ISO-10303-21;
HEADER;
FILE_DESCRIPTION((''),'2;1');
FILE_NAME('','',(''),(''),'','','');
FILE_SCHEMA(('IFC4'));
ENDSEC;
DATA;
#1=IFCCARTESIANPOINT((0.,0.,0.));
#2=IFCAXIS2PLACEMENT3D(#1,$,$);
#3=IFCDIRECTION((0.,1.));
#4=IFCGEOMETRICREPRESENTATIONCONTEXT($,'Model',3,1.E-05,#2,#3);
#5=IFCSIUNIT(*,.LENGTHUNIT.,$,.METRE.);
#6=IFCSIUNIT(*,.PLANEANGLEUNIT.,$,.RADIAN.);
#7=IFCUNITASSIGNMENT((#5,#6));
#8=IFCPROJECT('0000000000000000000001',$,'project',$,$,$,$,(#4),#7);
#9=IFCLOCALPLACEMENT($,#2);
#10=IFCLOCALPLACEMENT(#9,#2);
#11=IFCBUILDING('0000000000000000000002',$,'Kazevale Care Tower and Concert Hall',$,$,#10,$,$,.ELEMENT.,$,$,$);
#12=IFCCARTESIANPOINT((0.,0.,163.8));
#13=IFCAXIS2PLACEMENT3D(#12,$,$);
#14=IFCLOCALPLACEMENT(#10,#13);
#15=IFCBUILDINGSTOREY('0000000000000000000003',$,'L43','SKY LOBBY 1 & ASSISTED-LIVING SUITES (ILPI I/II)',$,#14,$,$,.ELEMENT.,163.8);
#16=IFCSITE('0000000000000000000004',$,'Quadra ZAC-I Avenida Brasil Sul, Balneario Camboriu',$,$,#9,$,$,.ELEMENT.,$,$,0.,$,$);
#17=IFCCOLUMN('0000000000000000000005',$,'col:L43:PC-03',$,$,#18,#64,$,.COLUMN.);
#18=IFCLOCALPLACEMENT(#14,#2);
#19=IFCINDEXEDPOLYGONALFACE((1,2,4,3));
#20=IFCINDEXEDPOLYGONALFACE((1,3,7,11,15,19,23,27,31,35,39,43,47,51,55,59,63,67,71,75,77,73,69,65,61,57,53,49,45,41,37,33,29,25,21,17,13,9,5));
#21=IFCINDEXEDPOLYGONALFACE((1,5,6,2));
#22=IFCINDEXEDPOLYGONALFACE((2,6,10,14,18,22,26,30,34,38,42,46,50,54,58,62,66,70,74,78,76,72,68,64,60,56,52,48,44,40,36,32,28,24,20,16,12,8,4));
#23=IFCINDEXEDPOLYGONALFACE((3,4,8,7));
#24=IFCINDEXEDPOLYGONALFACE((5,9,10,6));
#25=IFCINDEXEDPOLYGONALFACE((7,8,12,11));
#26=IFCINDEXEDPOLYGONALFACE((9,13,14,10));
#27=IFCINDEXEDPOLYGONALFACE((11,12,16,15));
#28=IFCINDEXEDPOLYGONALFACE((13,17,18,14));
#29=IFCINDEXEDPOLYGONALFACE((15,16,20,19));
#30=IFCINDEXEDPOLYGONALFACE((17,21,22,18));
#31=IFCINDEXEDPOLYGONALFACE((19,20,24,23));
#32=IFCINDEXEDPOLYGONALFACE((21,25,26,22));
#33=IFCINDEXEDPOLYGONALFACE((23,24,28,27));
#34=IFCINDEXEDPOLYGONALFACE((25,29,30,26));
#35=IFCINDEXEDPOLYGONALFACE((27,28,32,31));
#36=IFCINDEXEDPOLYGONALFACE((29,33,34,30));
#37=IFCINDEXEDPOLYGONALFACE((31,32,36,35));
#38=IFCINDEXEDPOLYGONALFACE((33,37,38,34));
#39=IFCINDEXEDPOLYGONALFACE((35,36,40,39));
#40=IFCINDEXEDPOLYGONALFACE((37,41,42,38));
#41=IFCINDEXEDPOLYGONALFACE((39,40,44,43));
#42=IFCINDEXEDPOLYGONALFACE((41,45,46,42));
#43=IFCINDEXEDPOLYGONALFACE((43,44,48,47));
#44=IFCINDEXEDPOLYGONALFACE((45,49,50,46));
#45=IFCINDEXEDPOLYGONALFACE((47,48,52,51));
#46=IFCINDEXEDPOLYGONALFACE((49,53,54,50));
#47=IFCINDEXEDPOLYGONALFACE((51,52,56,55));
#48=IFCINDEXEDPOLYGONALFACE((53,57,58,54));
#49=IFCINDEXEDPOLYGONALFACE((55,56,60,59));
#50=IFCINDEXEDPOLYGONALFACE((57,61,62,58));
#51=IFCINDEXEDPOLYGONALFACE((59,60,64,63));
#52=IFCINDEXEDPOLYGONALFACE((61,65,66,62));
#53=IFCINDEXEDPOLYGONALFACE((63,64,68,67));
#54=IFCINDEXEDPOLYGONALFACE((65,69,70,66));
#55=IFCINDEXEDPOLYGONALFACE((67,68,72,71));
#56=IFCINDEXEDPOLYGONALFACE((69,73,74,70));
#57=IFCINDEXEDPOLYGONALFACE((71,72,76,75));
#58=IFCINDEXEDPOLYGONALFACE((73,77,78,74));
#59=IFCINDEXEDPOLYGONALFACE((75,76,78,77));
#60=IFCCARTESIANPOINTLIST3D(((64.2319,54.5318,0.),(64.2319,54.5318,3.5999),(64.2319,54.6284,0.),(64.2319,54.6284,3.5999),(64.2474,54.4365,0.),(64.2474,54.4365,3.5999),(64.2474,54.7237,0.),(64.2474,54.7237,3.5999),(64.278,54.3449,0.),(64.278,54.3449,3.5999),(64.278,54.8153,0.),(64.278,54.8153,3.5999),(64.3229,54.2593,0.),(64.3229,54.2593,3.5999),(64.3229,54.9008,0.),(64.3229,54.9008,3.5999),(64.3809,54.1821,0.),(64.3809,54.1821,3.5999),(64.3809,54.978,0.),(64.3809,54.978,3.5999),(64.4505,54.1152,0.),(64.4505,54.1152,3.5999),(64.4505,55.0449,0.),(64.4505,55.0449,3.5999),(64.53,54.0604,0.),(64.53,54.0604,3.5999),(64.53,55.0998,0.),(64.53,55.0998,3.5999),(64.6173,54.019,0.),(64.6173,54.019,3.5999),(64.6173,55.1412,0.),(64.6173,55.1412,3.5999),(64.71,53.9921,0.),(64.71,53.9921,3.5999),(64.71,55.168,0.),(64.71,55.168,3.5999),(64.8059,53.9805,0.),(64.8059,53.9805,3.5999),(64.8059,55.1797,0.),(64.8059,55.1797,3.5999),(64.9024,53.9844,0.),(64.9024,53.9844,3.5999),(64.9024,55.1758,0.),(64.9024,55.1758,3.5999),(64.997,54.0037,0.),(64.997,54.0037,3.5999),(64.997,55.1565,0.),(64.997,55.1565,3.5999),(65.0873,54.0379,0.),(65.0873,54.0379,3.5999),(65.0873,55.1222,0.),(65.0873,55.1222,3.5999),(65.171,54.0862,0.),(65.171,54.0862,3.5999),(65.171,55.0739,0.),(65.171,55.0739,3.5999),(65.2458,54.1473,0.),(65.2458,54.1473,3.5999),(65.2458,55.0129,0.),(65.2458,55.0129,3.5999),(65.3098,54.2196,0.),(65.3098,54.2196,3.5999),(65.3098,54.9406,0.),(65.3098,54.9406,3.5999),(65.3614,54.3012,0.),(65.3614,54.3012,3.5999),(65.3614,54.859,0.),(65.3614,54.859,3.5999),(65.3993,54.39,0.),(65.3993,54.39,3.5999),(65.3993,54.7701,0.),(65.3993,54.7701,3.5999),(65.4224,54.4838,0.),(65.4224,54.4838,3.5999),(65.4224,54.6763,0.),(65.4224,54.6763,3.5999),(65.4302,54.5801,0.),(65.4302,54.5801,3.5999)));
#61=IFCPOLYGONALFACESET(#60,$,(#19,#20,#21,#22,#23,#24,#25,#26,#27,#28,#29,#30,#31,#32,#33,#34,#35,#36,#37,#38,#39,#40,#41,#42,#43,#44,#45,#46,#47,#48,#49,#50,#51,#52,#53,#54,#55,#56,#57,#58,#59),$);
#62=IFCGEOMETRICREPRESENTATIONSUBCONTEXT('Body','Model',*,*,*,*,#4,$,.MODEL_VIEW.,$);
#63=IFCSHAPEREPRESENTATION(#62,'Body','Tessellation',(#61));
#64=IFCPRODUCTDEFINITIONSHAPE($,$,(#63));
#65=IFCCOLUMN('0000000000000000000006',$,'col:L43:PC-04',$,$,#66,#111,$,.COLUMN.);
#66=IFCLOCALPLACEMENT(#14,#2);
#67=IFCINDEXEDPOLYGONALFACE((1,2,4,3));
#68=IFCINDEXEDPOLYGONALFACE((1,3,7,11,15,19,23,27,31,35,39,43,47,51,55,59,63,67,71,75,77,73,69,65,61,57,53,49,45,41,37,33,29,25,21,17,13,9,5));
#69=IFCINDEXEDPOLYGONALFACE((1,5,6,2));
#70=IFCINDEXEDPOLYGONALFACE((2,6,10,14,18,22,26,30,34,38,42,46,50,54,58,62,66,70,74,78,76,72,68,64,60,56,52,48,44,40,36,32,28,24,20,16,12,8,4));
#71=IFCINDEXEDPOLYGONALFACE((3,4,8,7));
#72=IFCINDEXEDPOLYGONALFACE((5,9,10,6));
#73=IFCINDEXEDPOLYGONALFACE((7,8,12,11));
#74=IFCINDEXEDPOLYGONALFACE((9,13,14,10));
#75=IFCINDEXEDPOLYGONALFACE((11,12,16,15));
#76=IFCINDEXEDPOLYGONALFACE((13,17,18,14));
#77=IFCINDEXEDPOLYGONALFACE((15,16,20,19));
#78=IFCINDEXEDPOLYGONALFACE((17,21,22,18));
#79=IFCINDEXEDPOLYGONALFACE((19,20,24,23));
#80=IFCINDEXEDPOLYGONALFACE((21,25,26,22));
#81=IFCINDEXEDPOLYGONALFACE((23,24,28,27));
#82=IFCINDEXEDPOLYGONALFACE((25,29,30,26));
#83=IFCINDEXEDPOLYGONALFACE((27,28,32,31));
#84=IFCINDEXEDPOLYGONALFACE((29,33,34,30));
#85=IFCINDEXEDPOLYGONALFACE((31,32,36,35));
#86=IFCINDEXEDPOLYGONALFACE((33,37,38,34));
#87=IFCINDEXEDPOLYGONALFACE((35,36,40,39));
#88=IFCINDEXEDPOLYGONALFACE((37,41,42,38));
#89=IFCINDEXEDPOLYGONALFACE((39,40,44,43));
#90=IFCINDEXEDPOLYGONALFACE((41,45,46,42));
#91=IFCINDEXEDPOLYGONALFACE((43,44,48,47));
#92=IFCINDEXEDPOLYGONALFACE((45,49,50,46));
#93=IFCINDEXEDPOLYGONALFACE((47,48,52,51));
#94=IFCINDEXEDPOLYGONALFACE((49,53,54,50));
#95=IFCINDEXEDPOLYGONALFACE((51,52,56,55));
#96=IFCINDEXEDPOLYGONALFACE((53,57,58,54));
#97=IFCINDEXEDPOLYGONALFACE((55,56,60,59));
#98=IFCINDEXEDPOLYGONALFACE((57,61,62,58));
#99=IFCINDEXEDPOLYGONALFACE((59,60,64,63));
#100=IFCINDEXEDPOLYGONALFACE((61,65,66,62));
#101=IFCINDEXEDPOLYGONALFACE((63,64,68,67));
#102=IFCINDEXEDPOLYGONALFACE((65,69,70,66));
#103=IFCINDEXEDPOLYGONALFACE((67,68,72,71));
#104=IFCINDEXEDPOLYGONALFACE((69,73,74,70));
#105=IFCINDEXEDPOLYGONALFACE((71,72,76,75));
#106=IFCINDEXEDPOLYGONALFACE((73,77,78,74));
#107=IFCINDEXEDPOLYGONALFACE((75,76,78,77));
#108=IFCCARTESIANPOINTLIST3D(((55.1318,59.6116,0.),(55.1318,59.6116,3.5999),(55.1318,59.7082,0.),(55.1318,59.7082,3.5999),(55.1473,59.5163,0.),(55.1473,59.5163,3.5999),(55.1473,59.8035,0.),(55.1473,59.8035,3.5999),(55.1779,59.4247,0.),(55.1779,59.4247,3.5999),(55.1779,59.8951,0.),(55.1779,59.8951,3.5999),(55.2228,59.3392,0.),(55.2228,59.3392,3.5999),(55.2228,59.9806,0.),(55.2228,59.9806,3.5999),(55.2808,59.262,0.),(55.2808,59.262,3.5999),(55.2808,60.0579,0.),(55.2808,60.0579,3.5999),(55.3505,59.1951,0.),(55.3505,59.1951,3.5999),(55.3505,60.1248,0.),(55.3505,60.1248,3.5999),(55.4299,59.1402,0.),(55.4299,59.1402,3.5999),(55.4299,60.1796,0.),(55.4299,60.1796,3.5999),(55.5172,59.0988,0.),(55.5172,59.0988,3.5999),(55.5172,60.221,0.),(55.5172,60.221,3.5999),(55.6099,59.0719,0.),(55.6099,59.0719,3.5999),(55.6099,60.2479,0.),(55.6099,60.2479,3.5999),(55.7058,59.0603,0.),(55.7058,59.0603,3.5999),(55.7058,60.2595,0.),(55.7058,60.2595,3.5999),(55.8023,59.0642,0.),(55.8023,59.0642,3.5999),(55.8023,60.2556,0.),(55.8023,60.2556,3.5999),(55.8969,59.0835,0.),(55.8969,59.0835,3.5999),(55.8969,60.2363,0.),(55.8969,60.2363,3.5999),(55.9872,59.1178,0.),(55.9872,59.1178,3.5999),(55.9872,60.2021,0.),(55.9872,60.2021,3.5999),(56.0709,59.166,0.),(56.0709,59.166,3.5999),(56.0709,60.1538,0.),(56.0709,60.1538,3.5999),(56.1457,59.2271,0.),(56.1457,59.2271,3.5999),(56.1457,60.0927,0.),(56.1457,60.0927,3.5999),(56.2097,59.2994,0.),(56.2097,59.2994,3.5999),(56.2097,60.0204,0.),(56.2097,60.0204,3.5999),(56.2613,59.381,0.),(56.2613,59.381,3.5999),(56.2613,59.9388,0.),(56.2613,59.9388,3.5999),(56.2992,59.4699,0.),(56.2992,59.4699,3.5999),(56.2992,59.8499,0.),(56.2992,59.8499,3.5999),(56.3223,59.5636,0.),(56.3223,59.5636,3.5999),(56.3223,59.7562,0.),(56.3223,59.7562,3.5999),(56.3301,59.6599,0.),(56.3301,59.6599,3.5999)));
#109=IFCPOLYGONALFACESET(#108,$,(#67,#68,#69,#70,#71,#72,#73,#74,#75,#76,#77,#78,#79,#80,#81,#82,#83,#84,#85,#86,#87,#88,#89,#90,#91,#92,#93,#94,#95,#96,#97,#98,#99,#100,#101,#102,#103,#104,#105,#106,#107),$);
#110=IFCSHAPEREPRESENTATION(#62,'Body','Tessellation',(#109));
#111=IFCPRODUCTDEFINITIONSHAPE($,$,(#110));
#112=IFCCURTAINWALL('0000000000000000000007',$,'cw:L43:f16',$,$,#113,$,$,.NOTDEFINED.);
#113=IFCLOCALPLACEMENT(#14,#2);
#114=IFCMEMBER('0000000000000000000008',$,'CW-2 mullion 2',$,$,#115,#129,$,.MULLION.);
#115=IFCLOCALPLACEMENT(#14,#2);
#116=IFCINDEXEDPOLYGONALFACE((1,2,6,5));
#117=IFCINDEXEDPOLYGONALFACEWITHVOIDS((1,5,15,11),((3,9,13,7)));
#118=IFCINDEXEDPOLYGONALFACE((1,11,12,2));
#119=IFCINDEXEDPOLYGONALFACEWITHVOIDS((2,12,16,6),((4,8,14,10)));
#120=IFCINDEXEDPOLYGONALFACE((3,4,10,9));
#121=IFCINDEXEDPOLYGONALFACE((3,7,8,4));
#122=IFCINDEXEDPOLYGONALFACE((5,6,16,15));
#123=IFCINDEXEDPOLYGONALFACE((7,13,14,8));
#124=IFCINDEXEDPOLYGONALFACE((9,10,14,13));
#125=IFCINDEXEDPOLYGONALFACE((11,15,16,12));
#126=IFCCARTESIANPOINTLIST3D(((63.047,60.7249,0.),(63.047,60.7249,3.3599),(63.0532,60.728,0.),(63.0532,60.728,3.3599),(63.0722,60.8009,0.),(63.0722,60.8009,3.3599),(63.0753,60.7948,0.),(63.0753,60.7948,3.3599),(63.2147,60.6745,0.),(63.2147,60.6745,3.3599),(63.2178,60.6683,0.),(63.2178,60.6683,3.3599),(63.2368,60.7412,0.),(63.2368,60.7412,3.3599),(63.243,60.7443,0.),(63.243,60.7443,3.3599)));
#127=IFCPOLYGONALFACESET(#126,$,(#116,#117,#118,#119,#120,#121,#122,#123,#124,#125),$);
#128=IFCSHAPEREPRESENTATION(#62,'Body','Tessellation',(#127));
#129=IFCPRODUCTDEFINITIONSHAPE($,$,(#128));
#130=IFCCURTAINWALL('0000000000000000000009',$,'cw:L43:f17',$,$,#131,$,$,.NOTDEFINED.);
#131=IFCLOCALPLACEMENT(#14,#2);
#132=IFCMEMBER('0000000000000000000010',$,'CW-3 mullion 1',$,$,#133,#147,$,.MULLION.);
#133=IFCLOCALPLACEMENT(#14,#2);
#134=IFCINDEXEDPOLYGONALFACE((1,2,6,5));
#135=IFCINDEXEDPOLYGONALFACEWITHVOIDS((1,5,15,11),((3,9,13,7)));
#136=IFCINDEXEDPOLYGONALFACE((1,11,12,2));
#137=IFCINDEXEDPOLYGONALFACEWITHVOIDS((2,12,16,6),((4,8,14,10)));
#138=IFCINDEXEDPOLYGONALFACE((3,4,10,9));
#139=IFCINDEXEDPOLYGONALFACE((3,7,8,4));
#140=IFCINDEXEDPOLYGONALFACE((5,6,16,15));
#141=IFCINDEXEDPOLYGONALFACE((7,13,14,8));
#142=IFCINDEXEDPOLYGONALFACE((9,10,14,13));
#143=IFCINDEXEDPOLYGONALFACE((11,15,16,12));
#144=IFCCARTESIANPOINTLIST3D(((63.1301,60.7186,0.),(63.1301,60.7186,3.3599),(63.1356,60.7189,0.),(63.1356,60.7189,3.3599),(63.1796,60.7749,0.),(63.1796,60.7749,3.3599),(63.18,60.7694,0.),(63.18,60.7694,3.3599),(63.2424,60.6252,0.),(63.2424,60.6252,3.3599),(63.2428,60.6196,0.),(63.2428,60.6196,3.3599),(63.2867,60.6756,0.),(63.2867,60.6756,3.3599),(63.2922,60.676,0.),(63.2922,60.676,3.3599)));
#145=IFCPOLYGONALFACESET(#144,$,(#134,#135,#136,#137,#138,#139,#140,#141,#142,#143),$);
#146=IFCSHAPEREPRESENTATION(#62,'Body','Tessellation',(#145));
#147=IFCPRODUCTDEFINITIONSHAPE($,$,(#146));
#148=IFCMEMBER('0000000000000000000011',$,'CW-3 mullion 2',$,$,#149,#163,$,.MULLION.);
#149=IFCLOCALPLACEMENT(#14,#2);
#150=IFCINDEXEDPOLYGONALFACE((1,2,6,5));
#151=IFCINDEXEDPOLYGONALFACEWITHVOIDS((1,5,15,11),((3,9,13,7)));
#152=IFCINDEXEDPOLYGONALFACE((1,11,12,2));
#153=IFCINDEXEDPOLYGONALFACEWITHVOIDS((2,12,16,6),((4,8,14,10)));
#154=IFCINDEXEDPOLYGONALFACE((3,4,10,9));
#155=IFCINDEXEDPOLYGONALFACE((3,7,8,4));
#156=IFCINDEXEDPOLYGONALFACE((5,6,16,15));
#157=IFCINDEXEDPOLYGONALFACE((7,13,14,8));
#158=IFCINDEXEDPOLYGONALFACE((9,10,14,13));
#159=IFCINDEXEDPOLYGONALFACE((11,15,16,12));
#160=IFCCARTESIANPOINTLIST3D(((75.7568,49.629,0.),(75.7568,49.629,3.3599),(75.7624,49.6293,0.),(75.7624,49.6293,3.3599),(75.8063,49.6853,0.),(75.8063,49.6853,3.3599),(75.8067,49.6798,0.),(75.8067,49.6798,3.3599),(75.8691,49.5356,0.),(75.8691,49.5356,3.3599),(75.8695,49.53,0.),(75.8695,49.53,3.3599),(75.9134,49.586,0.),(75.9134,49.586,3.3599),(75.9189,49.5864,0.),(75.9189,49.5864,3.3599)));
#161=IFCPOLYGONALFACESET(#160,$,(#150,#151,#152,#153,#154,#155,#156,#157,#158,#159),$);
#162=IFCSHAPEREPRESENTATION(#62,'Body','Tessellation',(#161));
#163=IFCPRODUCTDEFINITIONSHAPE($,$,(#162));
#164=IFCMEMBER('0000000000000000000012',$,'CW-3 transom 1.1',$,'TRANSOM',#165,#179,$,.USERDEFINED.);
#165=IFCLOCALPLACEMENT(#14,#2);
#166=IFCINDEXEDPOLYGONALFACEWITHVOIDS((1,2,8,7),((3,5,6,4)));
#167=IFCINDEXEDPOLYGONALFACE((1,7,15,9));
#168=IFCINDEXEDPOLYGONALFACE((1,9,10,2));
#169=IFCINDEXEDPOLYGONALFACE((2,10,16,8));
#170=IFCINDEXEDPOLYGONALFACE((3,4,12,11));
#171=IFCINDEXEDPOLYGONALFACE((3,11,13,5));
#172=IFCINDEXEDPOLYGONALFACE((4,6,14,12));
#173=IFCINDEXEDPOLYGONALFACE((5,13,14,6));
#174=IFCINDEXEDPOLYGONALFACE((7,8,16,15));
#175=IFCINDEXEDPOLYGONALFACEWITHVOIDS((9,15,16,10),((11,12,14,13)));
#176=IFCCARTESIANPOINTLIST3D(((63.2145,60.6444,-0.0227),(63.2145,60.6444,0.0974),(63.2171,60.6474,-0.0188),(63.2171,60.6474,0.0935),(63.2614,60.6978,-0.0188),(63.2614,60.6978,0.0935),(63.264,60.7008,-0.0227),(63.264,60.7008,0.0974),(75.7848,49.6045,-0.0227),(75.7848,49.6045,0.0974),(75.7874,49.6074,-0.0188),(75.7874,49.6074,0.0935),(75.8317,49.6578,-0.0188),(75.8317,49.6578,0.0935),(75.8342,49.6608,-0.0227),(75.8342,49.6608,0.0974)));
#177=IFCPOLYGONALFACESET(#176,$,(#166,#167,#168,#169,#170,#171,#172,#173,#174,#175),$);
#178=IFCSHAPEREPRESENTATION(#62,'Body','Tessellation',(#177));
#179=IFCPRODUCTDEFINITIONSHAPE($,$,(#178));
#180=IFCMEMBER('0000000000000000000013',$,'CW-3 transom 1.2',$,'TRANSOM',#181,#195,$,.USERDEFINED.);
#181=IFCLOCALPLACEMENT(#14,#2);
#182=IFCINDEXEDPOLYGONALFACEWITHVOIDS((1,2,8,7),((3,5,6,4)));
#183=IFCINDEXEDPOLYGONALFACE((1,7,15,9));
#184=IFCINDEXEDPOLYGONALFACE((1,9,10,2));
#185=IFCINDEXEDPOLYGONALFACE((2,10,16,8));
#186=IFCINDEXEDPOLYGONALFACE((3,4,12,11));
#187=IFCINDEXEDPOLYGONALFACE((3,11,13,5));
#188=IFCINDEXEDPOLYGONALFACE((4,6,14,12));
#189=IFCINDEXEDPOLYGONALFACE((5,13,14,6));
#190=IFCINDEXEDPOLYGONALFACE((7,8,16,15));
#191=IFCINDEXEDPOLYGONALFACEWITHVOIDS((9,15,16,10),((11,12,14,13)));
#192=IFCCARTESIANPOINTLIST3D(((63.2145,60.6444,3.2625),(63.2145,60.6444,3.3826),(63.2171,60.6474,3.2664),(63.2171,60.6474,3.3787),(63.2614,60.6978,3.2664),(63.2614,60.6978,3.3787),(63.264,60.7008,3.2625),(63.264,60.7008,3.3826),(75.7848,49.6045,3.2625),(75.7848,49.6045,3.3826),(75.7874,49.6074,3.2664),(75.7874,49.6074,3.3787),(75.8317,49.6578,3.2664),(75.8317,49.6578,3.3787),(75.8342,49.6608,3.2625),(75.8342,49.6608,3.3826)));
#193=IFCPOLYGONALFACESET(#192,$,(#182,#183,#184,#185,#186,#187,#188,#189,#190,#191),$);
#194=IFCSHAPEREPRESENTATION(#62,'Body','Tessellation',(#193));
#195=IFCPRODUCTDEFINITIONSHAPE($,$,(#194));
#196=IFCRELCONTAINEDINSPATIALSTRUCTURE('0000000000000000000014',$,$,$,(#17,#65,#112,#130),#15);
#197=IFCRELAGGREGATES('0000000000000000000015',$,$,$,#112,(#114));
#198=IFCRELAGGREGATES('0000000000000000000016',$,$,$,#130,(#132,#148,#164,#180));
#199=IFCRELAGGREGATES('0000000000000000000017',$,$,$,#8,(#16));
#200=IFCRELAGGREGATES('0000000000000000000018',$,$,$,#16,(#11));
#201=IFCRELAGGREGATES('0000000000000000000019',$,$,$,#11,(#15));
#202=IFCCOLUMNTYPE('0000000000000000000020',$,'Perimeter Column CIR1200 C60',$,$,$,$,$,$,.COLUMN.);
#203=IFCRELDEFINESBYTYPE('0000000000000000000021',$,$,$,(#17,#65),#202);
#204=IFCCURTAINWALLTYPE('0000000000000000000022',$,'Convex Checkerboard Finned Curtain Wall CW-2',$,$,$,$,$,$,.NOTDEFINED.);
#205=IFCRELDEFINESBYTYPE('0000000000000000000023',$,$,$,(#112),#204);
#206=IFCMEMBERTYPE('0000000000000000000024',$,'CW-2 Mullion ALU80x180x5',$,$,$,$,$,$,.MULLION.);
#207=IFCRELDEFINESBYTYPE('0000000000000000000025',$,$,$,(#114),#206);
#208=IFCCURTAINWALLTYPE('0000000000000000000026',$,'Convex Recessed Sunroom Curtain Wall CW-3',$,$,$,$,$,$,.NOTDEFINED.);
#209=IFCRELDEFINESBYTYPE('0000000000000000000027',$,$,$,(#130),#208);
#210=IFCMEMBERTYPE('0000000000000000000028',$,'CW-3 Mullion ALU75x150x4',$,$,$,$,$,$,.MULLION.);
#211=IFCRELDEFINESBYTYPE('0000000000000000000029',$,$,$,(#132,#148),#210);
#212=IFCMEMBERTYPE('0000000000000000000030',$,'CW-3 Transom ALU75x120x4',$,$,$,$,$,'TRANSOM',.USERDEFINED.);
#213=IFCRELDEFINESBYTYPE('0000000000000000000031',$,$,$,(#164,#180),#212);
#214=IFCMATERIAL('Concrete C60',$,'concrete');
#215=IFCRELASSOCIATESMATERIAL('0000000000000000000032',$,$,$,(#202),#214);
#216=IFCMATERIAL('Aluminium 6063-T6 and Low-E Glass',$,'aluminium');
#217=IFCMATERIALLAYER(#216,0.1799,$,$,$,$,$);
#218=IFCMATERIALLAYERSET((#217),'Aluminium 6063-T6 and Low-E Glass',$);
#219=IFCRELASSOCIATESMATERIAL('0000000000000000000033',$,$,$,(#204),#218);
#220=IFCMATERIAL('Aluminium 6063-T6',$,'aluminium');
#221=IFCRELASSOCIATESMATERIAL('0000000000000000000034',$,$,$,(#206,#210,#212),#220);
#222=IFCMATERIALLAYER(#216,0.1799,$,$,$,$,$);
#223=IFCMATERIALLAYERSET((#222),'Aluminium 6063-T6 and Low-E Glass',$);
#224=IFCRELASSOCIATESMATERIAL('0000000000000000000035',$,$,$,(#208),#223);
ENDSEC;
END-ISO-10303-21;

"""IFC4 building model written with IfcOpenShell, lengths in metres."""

from ifc_helpers import new_model, si_unit, direction, frame, origin, origin_2d, place, context, subcontext, project, spatial, hollow_rectangle, circle, extrude, material, layer, layer_set, material_profile, profile_set, type_object, element, aggregate, save


model = new_model("IFC4")

# Units and contexts
model_context = context("Model", 3, precision=1e-05, world=origin(), true_north=direction((0.0, 1.0)))
body_context = subcontext(model_context, "Body", "Model", "MODEL_VIEW")
ifc_project = project(units=[si_unit("LENGTHUNIT", "METRE"), si_unit("PLANEANGLEUNIT", "RADIAN")], contexts=[model_context])

# Site, building, storey
site_placement = place(None, origin())
site = spatial("IfcSite", under=ifc_project, at=site_placement, Name="Quadra ZAC-I Avenida Brasil Sul, Balneario Camboriu", CompositionType="ELEMENT", RefElevation=0.0)
building_placement = place(site_placement, origin())
building = spatial("IfcBuilding", under=site, at=building_placement, Name="Kazevale Care Tower and Concert Hall", CompositionType="ELEMENT")
storey_placement = place(building_placement, frame((0.0, 0.0, 163.8)))
storey = spatial("IfcBuildingStorey", under=building, at=storey_placement, Name="L43", Description="SKY LOBBY 1 & ASSISTED-LIVING SUITES (ILPI I/II)", CompositionType="ELEMENT", Elevation=163.8)

# Columns
ifc_material_1 = material(Name="Concrete C60", Category="concrete")
ifc_material_profile_1 = material_profile(ifc_material_1, circle(Radius=0.6001, at=origin_2d()), Name="RC-CIR1200")
ifc_profile_set_1 = profile_set([ifc_material_profile_1], Name="Concrete C60")
column_type = type_object("IfcColumnType", Name="Perimeter Column CIR1200 C60", PredefinedType="COLUMN", material=ifc_profile_set_1)
for number, where, z_axis, x_axis, name in (
    (1, (64.8301, 54.5801, 0.0), (0.0, 0.0, 1.0), (1.0, 0.0, 0.0), "col:L43:PC-03"),
    (2, (55.73, 59.6599, 0.0), (0.0, 0.0, 1.0), (1.0, 0.0, 0.0), "col:L43:PC-04"),
):
    element("IfcColumn", number, at=place(storey_placement, frame(where, z_axis=z_axis, x_axis=x_axis)), inside=storey, type_object=column_type, Name=name, PredefinedType="COLUMN", context=body_context, shape_type="SweptSolid", body=[
        extrude(circle(Radius=0.6001, at=origin_2d()), origin(), (0.0, 0.0, 1.0), 3.5999),
    ])

# Curtain wall, member
ifc_material_2 = material(Name="Aluminium 6063-T6 and Low-E Glass", Category="aluminium")
ifc_layer_1 = layer(ifc_material_2, 0.1799)
ifc_layer_set_1 = layer_set([ifc_layer_1], Name="Aluminium 6063-T6 and Low-E Glass")
curtain_wall_type_1 = type_object("IfcCurtainWallType", Name="Convex Checkerboard Finned Curtain Wall CW-2", PredefinedType="NOTDEFINED", material=ifc_layer_set_1)
curtain_wall_1_placement = place(storey_placement, origin())
curtain_wall_1 = element("IfcCurtainWall", 3, at=curtain_wall_1_placement, inside=storey, type_object=curtain_wall_type_1, Name="cw:L43:f16", PredefinedType="NOTDEFINED")
ifc_material_3 = material(Name="Aluminium 6063-T6", Category="aluminium")
ifc_material_profile_2 = material_profile(ifc_material_3, hollow_rectangle(XDim=0.0801, YDim=0.1799, WallThickness=0.0049, at=origin_2d()), Name="ALU80x180x5")
ifc_profile_set_2 = profile_set([ifc_material_profile_2], Name="Aluminium 6063-T6")
member_type_1 = type_object("IfcMemberType", Name="CW-2 Mullion ALU80x180x5", PredefinedType="MULLION", material=ifc_profile_set_2)
member_1_placement = place(storey_placement, frame((63.145, 60.7346, 0.0), z_axis=(0.0, 0.0, 1.0), x_axis=(0.314868, 0.949135, 0.0)))
member_1 = element("IfcMember", 4, at=member_1_placement, type_object=member_type_1, Name="CW-2 mullion 2", PredefinedType="MULLION", context=body_context, shape_type="SweptSolid", body=[
    extrude(hollow_rectangle(XDim=0.0801, YDim=0.1799, WallThickness=0.0049, at=origin_2d()), origin(), (0.0, 0.0, 1.0), 3.3599),
])
aggregate(curtain_wall_1, [member_1])

# Curtain wall, members
ifc_layer_2 = layer(ifc_material_2, 0.1799)
ifc_layer_set_2 = layer_set([ifc_layer_2], Name="Aluminium 6063-T6 and Low-E Glass")
curtain_wall_type_2 = type_object("IfcCurtainWallType", Name="Convex Recessed Sunroom Curtain Wall CW-3", PredefinedType="NOTDEFINED", material=ifc_layer_set_2)
curtain_wall_2_placement = place(storey_placement, origin())
curtain_wall_2 = element("IfcCurtainWall", 5, at=curtain_wall_2_placement, inside=storey, type_object=curtain_wall_type_2, Name="cw:L43:f17", PredefinedType="NOTDEFINED")
ifc_material_profile_3 = material_profile(ifc_material_3, hollow_rectangle(XDim=0.075, YDim=0.1499, WallThickness=0.0039, at=origin_2d()), Name="ALU75x150x4")
ifc_profile_set_3 = profile_set([ifc_material_profile_3], Name="Aluminium 6063-T6")
member_type_2 = type_object("IfcMemberType", Name="CW-3 Mullion ALU75x150x4", PredefinedType="MULLION", material=ifc_profile_set_3)
member_2_placement = place(storey_placement, frame((63.2112, 60.6973, 0.0), z_axis=(0.0, 0.0, 1.0), x_axis=(0.659892, 0.751361, 0.0)))
member_2 = element("IfcMember", 6, at=member_2_placement, type_object=member_type_2, Name="CW-3 mullion 1", PredefinedType="MULLION", context=body_context, shape_type="SweptSolid", body=[
    extrude(hollow_rectangle(XDim=0.075, YDim=0.1499, WallThickness=0.0039, at=origin_2d()), origin(), (0.0, 0.0, 1.0), 3.3599),
])
member_3_placement = place(storey_placement, frame((75.8379, 49.6077, 0.0), z_axis=(0.0, 0.0, 1.0), x_axis=(0.659892, 0.751361, 0.0)))
member_3 = element("IfcMember", 7, at=member_3_placement, type_object=member_type_2, Name="CW-3 mullion 2", PredefinedType="MULLION", context=body_context, shape_type="SweptSolid", body=[
    extrude(hollow_rectangle(XDim=0.075, YDim=0.1499, WallThickness=0.0039, at=origin_2d()), origin(), (0.0, 0.0, 1.0), 3.3599),
])
ifc_material_profile_4 = material_profile(ifc_material_3, hollow_rectangle(XDim=0.075, YDim=0.1201, WallThickness=0.0039, at=origin_2d()), Name="ALU75x120x4")
ifc_profile_set_4 = profile_set([ifc_material_profile_4], Name="Aluminium 6063-T6")
member_type_3 = type_object("IfcMemberType", Name="CW-3 Transom ALU75x120x4", ElementType="TRANSOM", PredefinedType="USERDEFINED", material=ifc_profile_set_4)
member_4_placement = place(storey_placement, frame((63.2393, 60.6726, 0.0374), z_axis=(0.75136, -0.659892, 0.0), x_axis=(0.659892, 0.75136, 0.0)))
member_4 = element("IfcMember", 8, at=member_4_placement, type_object=member_type_3, Name="CW-3 transom 1.1", ObjectType="TRANSOM", PredefinedType="USERDEFINED", context=body_context, shape_type="SweptSolid", body=[
    extrude(hollow_rectangle(XDim=0.075, YDim=0.1201, WallThickness=0.0039, at=origin_2d()), origin(), (0.0, 0.0, 1.0), 16.73),
])
member_5_placement = place(storey_placement, frame((63.2393, 60.6726, 3.3225), z_axis=(0.75136, -0.659892, 0.0), x_axis=(0.659892, 0.75136, 0.0)))
member_5 = element("IfcMember", 9, at=member_5_placement, type_object=member_type_3, Name="CW-3 transom 1.2", ObjectType="TRANSOM", PredefinedType="USERDEFINED", context=body_context, shape_type="SweptSolid", body=[
    extrude(hollow_rectangle(XDim=0.075, YDim=0.1201, WallThickness=0.0039, at=origin_2d()), origin(), (0.0, 0.0, 1.0), 16.73),
])

aggregate(curtain_wall_2, [member_2, member_3, member_4, member_5])

save(model, "model.ifc")
